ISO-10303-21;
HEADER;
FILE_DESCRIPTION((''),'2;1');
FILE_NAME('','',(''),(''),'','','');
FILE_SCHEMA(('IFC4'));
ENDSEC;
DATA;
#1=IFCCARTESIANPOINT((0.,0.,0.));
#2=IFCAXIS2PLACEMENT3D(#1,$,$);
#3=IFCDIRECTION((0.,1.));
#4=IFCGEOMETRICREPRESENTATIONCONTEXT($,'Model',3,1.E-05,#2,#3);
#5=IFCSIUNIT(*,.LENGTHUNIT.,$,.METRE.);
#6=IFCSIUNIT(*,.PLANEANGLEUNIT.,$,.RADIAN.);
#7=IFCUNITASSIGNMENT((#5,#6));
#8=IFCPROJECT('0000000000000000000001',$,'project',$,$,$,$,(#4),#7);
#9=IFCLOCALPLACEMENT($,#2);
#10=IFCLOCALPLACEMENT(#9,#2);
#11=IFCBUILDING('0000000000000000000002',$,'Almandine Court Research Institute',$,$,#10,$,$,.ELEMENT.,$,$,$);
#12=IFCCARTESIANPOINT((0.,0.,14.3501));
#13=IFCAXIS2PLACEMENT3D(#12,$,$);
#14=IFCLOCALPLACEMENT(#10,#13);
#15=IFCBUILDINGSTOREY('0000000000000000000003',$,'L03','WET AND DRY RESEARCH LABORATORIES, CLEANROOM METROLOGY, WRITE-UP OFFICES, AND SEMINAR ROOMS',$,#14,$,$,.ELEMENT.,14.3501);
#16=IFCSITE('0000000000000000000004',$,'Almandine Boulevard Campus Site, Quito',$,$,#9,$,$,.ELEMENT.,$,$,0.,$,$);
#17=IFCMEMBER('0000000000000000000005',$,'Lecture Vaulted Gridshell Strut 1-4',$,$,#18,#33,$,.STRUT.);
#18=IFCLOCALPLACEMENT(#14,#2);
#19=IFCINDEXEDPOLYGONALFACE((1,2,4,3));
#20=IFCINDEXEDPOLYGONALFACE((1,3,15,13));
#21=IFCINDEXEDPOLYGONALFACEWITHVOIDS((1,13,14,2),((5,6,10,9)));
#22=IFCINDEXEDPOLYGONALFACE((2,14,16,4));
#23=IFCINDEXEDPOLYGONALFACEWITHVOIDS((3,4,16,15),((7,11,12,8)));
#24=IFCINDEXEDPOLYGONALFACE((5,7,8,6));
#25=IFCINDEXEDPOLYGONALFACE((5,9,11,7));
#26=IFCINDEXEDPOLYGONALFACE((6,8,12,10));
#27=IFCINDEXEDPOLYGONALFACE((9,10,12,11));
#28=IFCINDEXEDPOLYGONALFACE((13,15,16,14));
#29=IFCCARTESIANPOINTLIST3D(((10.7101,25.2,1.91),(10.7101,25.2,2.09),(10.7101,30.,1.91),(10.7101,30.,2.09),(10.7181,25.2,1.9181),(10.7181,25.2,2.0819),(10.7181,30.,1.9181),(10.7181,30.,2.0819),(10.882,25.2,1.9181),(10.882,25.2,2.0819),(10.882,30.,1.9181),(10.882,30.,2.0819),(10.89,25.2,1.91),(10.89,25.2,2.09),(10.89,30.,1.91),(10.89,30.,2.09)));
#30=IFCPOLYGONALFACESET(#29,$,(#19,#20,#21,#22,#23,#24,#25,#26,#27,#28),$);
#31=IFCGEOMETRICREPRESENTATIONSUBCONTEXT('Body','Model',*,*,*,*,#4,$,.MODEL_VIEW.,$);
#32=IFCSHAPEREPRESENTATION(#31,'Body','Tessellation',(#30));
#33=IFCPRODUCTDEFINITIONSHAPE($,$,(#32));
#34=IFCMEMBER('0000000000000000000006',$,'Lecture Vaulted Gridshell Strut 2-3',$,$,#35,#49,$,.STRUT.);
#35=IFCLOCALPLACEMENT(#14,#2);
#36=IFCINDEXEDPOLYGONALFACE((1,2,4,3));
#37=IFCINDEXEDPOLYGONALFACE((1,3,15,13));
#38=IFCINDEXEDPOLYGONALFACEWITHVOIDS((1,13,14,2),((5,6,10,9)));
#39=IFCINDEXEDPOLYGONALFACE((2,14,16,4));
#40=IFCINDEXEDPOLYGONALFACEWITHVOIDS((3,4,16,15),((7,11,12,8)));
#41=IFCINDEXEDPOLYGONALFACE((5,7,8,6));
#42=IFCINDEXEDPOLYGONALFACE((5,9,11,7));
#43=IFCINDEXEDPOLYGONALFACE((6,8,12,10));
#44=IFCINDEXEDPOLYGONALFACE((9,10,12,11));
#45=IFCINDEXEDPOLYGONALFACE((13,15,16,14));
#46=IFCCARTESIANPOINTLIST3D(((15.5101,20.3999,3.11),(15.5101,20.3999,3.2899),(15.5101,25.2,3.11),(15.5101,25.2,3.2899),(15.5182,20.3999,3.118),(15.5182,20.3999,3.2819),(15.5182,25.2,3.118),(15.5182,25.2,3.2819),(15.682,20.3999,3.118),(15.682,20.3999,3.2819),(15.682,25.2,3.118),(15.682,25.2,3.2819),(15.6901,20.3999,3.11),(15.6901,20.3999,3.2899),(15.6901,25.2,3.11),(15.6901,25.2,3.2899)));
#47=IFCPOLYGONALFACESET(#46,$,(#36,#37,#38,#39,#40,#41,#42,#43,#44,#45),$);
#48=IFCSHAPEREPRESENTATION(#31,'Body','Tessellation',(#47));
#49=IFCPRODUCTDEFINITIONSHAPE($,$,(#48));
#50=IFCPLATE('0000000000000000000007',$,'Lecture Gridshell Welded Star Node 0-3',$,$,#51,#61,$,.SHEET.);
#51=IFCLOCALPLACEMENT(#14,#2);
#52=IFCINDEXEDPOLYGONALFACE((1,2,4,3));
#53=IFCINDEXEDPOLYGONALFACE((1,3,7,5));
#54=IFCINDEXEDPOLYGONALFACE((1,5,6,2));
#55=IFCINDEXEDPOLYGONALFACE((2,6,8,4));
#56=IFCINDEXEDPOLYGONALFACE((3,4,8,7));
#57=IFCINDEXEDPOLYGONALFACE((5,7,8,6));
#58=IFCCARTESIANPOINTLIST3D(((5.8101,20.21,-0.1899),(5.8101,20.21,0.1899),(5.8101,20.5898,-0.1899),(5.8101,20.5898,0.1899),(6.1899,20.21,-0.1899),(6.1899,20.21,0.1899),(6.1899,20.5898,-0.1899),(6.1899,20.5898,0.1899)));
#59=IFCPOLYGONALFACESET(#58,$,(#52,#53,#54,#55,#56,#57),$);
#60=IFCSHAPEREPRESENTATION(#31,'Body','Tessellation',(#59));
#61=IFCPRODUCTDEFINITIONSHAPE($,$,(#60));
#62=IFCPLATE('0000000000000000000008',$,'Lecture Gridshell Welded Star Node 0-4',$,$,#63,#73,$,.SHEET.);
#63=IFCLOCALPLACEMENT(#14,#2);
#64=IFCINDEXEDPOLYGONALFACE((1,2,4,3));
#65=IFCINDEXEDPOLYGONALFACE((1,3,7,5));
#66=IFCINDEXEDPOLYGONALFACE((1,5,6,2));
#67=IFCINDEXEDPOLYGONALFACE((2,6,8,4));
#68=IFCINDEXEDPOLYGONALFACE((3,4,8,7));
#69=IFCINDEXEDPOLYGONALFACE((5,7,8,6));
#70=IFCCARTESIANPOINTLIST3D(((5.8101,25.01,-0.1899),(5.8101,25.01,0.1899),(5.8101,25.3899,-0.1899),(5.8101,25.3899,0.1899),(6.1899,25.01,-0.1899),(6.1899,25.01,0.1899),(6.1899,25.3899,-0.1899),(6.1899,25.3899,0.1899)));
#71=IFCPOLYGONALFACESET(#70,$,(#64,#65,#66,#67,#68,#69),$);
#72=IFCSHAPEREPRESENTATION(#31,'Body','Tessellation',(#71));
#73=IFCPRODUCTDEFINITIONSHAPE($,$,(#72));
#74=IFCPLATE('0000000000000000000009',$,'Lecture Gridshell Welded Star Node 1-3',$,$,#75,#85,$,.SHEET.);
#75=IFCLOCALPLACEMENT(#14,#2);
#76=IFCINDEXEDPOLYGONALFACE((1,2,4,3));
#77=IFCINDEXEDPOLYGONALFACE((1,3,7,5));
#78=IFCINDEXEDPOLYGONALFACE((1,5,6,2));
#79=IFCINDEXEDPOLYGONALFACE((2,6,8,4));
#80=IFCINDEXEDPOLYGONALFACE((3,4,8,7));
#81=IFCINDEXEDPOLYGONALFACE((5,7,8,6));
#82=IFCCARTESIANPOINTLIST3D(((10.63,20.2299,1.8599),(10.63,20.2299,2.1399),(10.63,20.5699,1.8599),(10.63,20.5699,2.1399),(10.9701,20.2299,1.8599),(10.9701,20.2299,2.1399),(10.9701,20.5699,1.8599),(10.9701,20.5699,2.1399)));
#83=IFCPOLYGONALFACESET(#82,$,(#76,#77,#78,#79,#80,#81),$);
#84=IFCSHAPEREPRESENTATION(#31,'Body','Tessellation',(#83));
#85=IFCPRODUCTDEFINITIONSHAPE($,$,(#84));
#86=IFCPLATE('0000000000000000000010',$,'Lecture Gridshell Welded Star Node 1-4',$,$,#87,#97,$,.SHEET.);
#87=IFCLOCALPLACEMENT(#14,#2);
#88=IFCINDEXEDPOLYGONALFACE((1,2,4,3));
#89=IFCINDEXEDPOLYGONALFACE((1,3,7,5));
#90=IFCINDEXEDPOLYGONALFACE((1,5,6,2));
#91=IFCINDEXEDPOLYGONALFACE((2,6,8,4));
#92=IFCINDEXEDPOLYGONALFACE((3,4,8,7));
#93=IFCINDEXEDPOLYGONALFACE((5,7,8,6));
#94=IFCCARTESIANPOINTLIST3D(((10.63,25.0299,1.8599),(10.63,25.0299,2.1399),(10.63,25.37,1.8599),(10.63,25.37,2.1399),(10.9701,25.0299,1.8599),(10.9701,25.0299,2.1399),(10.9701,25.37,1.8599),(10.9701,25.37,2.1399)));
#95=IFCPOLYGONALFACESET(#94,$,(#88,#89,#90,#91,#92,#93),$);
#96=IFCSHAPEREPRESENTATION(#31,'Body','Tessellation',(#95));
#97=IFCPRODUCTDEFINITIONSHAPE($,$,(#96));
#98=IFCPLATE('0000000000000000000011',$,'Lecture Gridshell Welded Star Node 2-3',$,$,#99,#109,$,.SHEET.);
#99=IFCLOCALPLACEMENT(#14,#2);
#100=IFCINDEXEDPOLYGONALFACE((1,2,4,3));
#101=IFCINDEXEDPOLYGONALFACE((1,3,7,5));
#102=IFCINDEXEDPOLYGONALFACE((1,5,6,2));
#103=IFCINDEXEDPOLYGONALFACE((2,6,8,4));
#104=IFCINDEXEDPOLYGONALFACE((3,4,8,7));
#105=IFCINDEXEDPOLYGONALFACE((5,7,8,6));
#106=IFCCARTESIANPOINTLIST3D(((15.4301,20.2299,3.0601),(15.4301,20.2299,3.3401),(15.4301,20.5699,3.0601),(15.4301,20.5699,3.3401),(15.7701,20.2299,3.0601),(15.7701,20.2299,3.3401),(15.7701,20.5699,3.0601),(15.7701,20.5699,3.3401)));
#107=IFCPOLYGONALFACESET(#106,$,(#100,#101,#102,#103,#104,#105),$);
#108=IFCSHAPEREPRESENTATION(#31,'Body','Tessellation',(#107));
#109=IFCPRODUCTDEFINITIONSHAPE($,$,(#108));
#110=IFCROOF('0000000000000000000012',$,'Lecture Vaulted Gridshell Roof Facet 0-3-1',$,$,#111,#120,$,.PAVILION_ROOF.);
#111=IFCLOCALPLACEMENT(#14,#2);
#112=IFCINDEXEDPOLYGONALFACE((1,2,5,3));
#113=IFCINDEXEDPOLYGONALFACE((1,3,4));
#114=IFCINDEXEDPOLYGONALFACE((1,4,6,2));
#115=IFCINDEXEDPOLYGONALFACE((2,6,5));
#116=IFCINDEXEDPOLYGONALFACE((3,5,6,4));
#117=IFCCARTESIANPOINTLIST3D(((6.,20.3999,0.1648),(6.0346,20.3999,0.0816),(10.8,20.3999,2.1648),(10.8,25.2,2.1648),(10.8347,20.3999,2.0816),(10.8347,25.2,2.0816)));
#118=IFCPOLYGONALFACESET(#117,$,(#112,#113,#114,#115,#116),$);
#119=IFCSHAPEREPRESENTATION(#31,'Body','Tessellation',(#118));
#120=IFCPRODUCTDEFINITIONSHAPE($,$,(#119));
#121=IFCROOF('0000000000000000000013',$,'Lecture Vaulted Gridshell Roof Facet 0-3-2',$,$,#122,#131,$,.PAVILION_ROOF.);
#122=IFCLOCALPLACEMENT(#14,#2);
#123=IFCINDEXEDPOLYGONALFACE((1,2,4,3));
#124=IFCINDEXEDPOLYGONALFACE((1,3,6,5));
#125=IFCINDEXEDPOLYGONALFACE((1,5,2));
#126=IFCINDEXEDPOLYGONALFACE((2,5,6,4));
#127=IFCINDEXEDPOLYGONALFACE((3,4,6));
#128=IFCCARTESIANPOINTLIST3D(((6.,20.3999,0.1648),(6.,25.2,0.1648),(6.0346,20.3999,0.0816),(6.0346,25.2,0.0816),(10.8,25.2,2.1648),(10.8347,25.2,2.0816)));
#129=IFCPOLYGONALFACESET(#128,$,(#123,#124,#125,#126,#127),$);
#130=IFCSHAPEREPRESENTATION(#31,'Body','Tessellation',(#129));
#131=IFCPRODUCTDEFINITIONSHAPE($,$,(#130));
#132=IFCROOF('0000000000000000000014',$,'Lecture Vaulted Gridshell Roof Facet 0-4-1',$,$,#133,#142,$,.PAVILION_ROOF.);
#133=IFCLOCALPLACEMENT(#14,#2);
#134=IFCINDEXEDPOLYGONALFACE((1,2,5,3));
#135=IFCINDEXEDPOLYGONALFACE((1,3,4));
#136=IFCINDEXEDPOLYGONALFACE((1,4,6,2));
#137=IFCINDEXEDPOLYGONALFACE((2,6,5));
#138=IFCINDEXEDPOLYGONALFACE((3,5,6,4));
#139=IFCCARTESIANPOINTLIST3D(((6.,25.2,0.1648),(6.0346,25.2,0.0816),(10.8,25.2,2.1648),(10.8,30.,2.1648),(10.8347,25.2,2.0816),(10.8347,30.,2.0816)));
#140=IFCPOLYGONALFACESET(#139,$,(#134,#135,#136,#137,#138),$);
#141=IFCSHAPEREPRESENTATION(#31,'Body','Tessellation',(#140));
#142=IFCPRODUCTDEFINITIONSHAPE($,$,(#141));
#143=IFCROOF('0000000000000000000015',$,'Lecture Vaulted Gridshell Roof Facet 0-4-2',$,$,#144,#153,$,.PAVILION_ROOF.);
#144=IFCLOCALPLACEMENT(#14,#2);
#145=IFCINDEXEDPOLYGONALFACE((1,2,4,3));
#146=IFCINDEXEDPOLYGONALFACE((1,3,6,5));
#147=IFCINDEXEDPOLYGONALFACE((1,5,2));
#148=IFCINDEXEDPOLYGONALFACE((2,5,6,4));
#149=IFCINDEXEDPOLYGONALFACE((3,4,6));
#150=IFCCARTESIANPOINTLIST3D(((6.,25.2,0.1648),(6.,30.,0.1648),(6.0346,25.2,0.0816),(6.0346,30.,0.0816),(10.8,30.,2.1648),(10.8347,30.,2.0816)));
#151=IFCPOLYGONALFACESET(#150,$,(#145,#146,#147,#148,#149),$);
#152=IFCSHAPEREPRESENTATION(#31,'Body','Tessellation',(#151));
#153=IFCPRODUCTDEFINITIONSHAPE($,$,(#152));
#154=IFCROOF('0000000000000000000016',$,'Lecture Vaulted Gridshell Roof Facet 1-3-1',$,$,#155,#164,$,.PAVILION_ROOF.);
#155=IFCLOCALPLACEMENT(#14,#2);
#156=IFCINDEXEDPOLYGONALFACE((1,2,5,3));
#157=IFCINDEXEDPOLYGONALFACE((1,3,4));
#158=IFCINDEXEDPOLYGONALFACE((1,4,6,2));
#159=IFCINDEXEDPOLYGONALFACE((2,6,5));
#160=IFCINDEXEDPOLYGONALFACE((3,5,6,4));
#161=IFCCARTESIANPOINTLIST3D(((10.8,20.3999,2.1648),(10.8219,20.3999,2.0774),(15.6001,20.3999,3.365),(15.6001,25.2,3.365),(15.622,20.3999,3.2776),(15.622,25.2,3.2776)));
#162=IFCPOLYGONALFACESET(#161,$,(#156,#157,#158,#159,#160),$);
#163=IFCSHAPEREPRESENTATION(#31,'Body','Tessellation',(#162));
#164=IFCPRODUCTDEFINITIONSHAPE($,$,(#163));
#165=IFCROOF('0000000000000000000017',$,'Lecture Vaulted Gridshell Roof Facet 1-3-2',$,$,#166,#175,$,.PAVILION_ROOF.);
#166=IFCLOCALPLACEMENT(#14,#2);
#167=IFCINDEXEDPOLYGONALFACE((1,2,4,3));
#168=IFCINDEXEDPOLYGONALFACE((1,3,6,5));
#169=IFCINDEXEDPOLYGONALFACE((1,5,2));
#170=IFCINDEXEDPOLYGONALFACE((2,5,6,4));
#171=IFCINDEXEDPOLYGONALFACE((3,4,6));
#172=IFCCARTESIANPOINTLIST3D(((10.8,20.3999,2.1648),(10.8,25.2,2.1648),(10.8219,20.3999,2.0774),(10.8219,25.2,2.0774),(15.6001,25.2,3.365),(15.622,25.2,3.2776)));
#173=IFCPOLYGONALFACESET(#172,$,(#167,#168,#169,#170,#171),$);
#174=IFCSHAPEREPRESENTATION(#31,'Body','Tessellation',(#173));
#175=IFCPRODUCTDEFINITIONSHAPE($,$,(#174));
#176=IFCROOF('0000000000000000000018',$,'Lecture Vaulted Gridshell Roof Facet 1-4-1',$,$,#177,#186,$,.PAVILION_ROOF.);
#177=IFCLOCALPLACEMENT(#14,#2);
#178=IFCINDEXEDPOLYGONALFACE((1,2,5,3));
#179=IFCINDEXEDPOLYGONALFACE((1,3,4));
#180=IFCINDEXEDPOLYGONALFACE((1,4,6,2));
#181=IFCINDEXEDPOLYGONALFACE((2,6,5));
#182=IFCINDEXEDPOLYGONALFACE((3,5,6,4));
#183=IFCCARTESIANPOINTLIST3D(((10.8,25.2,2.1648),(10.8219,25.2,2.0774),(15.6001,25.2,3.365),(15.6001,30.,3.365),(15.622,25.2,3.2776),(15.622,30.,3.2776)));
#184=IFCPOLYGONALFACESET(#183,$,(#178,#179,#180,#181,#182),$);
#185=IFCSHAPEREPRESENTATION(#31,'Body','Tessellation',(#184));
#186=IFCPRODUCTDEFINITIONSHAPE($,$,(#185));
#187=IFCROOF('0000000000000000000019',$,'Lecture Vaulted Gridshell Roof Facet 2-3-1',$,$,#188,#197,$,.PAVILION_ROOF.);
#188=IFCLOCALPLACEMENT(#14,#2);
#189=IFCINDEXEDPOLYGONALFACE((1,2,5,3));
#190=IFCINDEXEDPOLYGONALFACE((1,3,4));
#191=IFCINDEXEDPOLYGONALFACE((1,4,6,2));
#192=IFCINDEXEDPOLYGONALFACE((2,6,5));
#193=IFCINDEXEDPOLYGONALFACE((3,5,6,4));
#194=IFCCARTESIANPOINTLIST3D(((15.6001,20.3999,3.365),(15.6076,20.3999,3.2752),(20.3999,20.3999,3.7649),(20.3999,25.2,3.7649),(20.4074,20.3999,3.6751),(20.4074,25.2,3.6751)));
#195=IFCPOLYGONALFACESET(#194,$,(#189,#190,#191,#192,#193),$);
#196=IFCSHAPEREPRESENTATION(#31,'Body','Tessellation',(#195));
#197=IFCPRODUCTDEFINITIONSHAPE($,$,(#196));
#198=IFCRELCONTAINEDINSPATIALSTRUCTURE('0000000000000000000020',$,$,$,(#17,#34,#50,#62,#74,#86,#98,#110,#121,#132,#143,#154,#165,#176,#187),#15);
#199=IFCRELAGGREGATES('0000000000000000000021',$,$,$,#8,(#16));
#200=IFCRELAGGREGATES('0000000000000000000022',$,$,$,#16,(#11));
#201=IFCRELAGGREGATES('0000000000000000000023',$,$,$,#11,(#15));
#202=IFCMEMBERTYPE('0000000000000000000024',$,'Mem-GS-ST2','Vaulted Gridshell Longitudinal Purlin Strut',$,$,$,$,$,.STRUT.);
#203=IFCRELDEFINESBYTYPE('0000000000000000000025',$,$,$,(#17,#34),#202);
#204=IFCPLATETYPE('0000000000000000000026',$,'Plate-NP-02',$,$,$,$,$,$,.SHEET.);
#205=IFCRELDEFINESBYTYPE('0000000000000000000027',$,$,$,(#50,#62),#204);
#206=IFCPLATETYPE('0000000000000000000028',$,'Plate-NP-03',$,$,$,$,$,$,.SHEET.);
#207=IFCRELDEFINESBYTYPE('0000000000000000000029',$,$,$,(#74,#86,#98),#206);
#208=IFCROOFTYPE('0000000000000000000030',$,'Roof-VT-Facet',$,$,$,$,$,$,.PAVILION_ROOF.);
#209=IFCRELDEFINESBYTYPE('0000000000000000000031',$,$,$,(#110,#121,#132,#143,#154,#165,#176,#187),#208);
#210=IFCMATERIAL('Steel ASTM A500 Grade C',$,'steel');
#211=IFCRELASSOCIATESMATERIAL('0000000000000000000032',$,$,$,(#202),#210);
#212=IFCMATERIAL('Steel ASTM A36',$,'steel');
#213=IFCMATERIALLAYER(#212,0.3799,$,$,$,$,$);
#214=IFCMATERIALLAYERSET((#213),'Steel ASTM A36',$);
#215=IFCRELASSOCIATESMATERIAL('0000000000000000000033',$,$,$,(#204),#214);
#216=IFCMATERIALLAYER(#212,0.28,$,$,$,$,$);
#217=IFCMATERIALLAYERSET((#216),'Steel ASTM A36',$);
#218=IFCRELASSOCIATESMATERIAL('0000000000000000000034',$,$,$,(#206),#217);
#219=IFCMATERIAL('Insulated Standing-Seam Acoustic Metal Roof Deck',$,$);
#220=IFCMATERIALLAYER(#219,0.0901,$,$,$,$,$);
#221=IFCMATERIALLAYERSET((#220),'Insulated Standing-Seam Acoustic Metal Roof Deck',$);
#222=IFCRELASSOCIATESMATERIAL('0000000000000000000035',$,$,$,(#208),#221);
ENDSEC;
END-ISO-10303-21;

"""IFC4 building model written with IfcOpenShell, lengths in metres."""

from ifc_helpers import new_model, si_unit, direction, frame, origin, origin_2d, place, context, subcontext, project, spatial, polyline, rectangle, hollow_rectangle, outline, extrude, material, layer, layer_set, material_profile, profile_set, type_object, element, save


model = new_model("IFC4")

# Units and contexts
model_context = context("Model", 3, precision=1e-05, world=origin(), true_north=direction((0.0, 1.0)))
body_context = subcontext(model_context, "Body", "Model", "MODEL_VIEW")
ifc_project = project(units=[si_unit("LENGTHUNIT", "METRE"), si_unit("PLANEANGLEUNIT", "RADIAN")], contexts=[model_context])

# Site, building, storey
site_placement = place(None, origin())
site = spatial("IfcSite", under=ifc_project, at=site_placement, Name="Almandine Boulevard Campus Site, Quito", CompositionType="ELEMENT", RefElevation=0.0)
building_placement = place(site_placement, origin())
building = spatial("IfcBuilding", under=site, at=building_placement, Name="Almandine Court Research Institute", CompositionType="ELEMENT")
storey_placement = place(building_placement, frame((0.0, 0.0, 14.3501)))
storey = spatial("IfcBuildingStorey", under=building, at=storey_placement, Name="L03", Description="WET AND DRY RESEARCH LABORATORIES, CLEANROOM METROLOGY, WRITE-UP OFFICES, AND SEMINAR ROOMS", CompositionType="ELEMENT", Elevation=14.3501)

# Members
ifc_material_1 = material(Name="Steel ASTM A500 Grade C", Category="steel")
ifc_material_profile_1 = material_profile(ifc_material_1, hollow_rectangle(XDim=0.1799, YDim=0.1799, WallThickness=0.0081, at=origin_2d()), Name="HSS 180x180x8")
ifc_profile_set_1 = profile_set([ifc_material_profile_1], Name="Steel ASTM A500 Grade C")
member_type_1 = type_object("IfcMemberType", Name="Mem-GS-ST2", Description="Vaulted Gridshell Longitudinal Purlin Strut", PredefinedType="STRUT", material=ifc_profile_set_1)
for number, where, z_axis, x_axis, name in (
    (1, (10.8, 25.2, 2.0), (0.0, 1.0, 0.0), (-1.0, 0.0, 0.0), "Lecture Vaulted Gridshell Strut 1-4"),
    (2, (15.6001, 20.3999, 3.2), (0.0, 1.0, 0.0), (-1.0, 0.0, 0.0), "Lecture Vaulted Gridshell Strut 2-3"),
):
    element("IfcMember", number, at=place(storey_placement, frame(where, z_axis=z_axis, x_axis=x_axis)), inside=storey, type_object=member_type_1, Name=name, PredefinedType="STRUT", context=body_context, shape_type="SweptSolid", body=[
        extrude(hollow_rectangle(XDim=0.1799, YDim=0.1799, WallThickness=0.0081, at=origin_2d()), origin(), (0.0, 0.0, 1.0), 4.8),
    ])

# Plates
ifc_material_2 = material(Name="Steel ASTM A36", Category="steel")
ifc_layer_1 = layer(ifc_material_2, 0.3799)
ifc_layer_set_1 = layer_set([ifc_layer_1], Name="Steel ASTM A36")
plate_type_1 = type_object("IfcPlateType", Name="Plate-NP-02", PredefinedType="SHEET", material=ifc_layer_set_1)
for number, where, z_axis, x_axis, name in (
    (3, (6.0, 20.3999, -0.1899), (0.0, 0.0, 1.0), (1.0, 0.0, 0.0), "Lecture Gridshell Welded Star Node 0-3"),
    (4, (6.0, 25.2, -0.1899), (0.0, 0.0, 1.0), (1.0, 0.0, 0.0), "Lecture Gridshell Welded Star Node 0-4"),
):
    element("IfcPlate", number, at=place(storey_placement, frame(where, z_axis=z_axis, x_axis=x_axis)), inside=storey, type_object=plate_type_1, Name=name, PredefinedType="SHEET", context=body_context, shape_type="SweptSolid", body=[
        extrude(rectangle(XDim=0.3799, YDim=0.3799, at=origin_2d()), origin(), (0.0, 0.0, 1.0), 0.3799),
    ])
ifc_layer_2 = layer(ifc_material_2, 0.28)
ifc_layer_set_2 = layer_set([ifc_layer_2], Name="Steel ASTM A36")
plate_type_2 = type_object("IfcPlateType", Name="Plate-NP-03", PredefinedType="SHEET", material=ifc_layer_set_2)
for number, where, z_axis, x_axis, name in (
    (5, (10.8, 20.3999, 1.8599), (0.0, 0.0, 1.0), (1.0, 0.0, 0.0), "Lecture Gridshell Welded Star Node 1-3"),
    (6, (10.8, 25.2, 1.8599), (0.0, 0.0, 1.0), (1.0, 0.0, 0.0), "Lecture Gridshell Welded Star Node 1-4"),
    (7, (15.6001, 20.3999, 3.0601), (0.0, 0.0, 1.0), (1.0, 0.0, 0.0), "Lecture Gridshell Welded Star Node 2-3"),
):
    element("IfcPlate", number, at=place(storey_placement, frame(where, z_axis=z_axis, x_axis=x_axis)), inside=storey, type_object=plate_type_2, Name=name, PredefinedType="SHEET", context=body_context, shape_type="SweptSolid", body=[
        extrude(rectangle(XDim=0.3401, YDim=0.3401, at=origin_2d()), origin(), (0.0, 0.0, 1.0), 0.28),
    ])

# Roofs
ifc_material_3 = material(Name="Insulated Standing-Seam Acoustic Metal Roof Deck")
ifc_layer_3 = layer(ifc_material_3, 0.0901)
ifc_layer_set_3 = layer_set([ifc_layer_3], Name="Insulated Standing-Seam Acoustic Metal Roof Deck")
roof_type = type_object("IfcRoofType", Name="Roof-VT-Facet", PredefinedType="PAVILION_ROOF", material=ifc_layer_set_3)
roof_1_placement = place(storey_placement, frame((6.0, 20.3999, 0.1648), z_axis=(-0.384612, 0.0, 0.923078), x_axis=(0.923078, 0.0, 0.384612)))
element("IfcRoof", 8, at=roof_1_placement, inside=storey, type_object=roof_type, Name="Lecture Vaulted Gridshell Roof Facet 0-3-1", PredefinedType="PAVILION_ROOF", context=body_context, shape_type="SweptSolid", body=[
    extrude(outline(polyline([(0.0, 0.0), (5.2, 0.0), (5.2, 4.8), (0.0, 0.0)])), origin(), (0.0, 0.0, -1.0), 0.0901),
])
roof_2_placement = place(storey_placement, frame((6.0, 20.3999, 0.1648), z_axis=(-0.384612, 0.0, 0.923078), x_axis=(0.678281, 0.678281, 0.282614)))
element("IfcRoof", 9, at=roof_2_placement, inside=storey, type_object=roof_type, Name="Lecture Vaulted Gridshell Roof Facet 0-3-2", PredefinedType="PAVILION_ROOF", context=body_context, shape_type="SweptSolid", body=[
    extrude(outline(polyline([(0.0, 0.0), (7.0768, 0.0), (3.2558, 3.5271), (0.0, 0.0)])), origin(), (0.0, 0.0, -1.0), 0.0901),
])
roof_3_placement = place(storey_placement, frame((6.0, 25.2, 0.1648), z_axis=(-0.384612, 0.0, 0.923078), x_axis=(0.923078, 0.0, 0.384612)))
element("IfcRoof", 10, at=roof_3_placement, inside=storey, type_object=roof_type, Name="Lecture Vaulted Gridshell Roof Facet 0-4-1", PredefinedType="PAVILION_ROOF", context=body_context, shape_type="SweptSolid", body=[
    extrude(outline(polyline([(0.0, 0.0), (5.2, 0.0), (5.2, 4.8), (0.0, 0.0)])), origin(), (0.0, 0.0, -1.0), 0.0901),
])
roof_4_placement = place(storey_placement, frame((6.0, 25.2, 0.1648), z_axis=(-0.384612, 0.0, 0.923078), x_axis=(0.678281, 0.678281, 0.282614)))
element("IfcRoof", 11, at=roof_4_placement, inside=storey, type_object=roof_type, Name="Lecture Vaulted Gridshell Roof Facet 0-4-2", PredefinedType="PAVILION_ROOF", context=body_context, shape_type="SweptSolid", body=[
    extrude(outline(polyline([(0.0, 0.0), (7.0768, 0.0), (3.2558, 3.5271), (0.0, 0.0)])), origin(), (0.0, 0.0, -1.0), 0.0901),
])
roof_5_placement = place(storey_placement, frame((10.8, 20.3999, 2.1648), z_axis=(-0.24257, 0.0, 0.970134), x_axis=(0.970134, 0.0, 0.24257)))
element("IfcRoof", 12, at=roof_5_placement, inside=storey, type_object=roof_type, Name="Lecture Vaulted Gridshell Roof Facet 1-3-1", PredefinedType="PAVILION_ROOF", context=body_context, shape_type="SweptSolid", body=[
    extrude(outline(polyline([(0.0, 0.0), (4.9478, 0.0), (4.9478, 4.8), (0.0, 0.0)])), origin(), (0.0, 0.0, -1.0), 0.0901),
])
roof_6_placement = place(storey_placement, frame((10.8, 20.3999, 2.1648), z_axis=(-0.24257, 0.0, 0.970134), x_axis=(0.696307, 0.696307, 0.174103)))
element("IfcRoof", 13, at=roof_6_placement, inside=storey, type_object=roof_type, Name="Lecture Vaulted Gridshell Roof Facet 1-3-2", PredefinedType="PAVILION_ROOF", context=body_context, shape_type="SweptSolid", body=[
    extrude(outline(polyline([(0.0, 0.0), (6.8936, 0.0), (3.3423, 3.4452), (0.0, 0.0)])), origin(), (0.0, 0.0, -1.0), 0.0901),
])
roof_7_placement = place(storey_placement, frame((10.8, 25.2, 2.1648), z_axis=(-0.24257, 0.0, 0.970134), x_axis=(0.970134, 0.0, 0.24257)))
element("IfcRoof", 14, at=roof_7_placement, inside=storey, type_object=roof_type, Name="Lecture Vaulted Gridshell Roof Facet 1-4-1", PredefinedType="PAVILION_ROOF", context=body_context, shape_type="SweptSolid", body=[
    extrude(outline(polyline([(0.0, 0.0), (4.9478, 0.0), (4.9478, 4.8), (0.0, 0.0)])), origin(), (0.0, 0.0, -1.0), 0.0901),
])
roof_8_placement = place(storey_placement, frame((15.6001, 20.3999, 3.365), z_axis=(-0.083029, 0.0, 0.996547), x_axis=(0.996547, 0.0, 0.083029)))
element("IfcRoof", 15, at=roof_8_placement, inside=storey, type_object=roof_type, Name="Lecture Vaulted Gridshell Roof Facet 2-3-1", PredefinedType="PAVILION_ROOF", context=body_context, shape_type="SweptSolid", body=[
    extrude(outline(polyline([(0.0, 0.0), (4.8164, 0.0), (4.8164, 4.8), (0.0, 0.0)])), origin(), (0.0, 0.0, -1.0), 0.0901),
])

save(model, "model.ifc")
